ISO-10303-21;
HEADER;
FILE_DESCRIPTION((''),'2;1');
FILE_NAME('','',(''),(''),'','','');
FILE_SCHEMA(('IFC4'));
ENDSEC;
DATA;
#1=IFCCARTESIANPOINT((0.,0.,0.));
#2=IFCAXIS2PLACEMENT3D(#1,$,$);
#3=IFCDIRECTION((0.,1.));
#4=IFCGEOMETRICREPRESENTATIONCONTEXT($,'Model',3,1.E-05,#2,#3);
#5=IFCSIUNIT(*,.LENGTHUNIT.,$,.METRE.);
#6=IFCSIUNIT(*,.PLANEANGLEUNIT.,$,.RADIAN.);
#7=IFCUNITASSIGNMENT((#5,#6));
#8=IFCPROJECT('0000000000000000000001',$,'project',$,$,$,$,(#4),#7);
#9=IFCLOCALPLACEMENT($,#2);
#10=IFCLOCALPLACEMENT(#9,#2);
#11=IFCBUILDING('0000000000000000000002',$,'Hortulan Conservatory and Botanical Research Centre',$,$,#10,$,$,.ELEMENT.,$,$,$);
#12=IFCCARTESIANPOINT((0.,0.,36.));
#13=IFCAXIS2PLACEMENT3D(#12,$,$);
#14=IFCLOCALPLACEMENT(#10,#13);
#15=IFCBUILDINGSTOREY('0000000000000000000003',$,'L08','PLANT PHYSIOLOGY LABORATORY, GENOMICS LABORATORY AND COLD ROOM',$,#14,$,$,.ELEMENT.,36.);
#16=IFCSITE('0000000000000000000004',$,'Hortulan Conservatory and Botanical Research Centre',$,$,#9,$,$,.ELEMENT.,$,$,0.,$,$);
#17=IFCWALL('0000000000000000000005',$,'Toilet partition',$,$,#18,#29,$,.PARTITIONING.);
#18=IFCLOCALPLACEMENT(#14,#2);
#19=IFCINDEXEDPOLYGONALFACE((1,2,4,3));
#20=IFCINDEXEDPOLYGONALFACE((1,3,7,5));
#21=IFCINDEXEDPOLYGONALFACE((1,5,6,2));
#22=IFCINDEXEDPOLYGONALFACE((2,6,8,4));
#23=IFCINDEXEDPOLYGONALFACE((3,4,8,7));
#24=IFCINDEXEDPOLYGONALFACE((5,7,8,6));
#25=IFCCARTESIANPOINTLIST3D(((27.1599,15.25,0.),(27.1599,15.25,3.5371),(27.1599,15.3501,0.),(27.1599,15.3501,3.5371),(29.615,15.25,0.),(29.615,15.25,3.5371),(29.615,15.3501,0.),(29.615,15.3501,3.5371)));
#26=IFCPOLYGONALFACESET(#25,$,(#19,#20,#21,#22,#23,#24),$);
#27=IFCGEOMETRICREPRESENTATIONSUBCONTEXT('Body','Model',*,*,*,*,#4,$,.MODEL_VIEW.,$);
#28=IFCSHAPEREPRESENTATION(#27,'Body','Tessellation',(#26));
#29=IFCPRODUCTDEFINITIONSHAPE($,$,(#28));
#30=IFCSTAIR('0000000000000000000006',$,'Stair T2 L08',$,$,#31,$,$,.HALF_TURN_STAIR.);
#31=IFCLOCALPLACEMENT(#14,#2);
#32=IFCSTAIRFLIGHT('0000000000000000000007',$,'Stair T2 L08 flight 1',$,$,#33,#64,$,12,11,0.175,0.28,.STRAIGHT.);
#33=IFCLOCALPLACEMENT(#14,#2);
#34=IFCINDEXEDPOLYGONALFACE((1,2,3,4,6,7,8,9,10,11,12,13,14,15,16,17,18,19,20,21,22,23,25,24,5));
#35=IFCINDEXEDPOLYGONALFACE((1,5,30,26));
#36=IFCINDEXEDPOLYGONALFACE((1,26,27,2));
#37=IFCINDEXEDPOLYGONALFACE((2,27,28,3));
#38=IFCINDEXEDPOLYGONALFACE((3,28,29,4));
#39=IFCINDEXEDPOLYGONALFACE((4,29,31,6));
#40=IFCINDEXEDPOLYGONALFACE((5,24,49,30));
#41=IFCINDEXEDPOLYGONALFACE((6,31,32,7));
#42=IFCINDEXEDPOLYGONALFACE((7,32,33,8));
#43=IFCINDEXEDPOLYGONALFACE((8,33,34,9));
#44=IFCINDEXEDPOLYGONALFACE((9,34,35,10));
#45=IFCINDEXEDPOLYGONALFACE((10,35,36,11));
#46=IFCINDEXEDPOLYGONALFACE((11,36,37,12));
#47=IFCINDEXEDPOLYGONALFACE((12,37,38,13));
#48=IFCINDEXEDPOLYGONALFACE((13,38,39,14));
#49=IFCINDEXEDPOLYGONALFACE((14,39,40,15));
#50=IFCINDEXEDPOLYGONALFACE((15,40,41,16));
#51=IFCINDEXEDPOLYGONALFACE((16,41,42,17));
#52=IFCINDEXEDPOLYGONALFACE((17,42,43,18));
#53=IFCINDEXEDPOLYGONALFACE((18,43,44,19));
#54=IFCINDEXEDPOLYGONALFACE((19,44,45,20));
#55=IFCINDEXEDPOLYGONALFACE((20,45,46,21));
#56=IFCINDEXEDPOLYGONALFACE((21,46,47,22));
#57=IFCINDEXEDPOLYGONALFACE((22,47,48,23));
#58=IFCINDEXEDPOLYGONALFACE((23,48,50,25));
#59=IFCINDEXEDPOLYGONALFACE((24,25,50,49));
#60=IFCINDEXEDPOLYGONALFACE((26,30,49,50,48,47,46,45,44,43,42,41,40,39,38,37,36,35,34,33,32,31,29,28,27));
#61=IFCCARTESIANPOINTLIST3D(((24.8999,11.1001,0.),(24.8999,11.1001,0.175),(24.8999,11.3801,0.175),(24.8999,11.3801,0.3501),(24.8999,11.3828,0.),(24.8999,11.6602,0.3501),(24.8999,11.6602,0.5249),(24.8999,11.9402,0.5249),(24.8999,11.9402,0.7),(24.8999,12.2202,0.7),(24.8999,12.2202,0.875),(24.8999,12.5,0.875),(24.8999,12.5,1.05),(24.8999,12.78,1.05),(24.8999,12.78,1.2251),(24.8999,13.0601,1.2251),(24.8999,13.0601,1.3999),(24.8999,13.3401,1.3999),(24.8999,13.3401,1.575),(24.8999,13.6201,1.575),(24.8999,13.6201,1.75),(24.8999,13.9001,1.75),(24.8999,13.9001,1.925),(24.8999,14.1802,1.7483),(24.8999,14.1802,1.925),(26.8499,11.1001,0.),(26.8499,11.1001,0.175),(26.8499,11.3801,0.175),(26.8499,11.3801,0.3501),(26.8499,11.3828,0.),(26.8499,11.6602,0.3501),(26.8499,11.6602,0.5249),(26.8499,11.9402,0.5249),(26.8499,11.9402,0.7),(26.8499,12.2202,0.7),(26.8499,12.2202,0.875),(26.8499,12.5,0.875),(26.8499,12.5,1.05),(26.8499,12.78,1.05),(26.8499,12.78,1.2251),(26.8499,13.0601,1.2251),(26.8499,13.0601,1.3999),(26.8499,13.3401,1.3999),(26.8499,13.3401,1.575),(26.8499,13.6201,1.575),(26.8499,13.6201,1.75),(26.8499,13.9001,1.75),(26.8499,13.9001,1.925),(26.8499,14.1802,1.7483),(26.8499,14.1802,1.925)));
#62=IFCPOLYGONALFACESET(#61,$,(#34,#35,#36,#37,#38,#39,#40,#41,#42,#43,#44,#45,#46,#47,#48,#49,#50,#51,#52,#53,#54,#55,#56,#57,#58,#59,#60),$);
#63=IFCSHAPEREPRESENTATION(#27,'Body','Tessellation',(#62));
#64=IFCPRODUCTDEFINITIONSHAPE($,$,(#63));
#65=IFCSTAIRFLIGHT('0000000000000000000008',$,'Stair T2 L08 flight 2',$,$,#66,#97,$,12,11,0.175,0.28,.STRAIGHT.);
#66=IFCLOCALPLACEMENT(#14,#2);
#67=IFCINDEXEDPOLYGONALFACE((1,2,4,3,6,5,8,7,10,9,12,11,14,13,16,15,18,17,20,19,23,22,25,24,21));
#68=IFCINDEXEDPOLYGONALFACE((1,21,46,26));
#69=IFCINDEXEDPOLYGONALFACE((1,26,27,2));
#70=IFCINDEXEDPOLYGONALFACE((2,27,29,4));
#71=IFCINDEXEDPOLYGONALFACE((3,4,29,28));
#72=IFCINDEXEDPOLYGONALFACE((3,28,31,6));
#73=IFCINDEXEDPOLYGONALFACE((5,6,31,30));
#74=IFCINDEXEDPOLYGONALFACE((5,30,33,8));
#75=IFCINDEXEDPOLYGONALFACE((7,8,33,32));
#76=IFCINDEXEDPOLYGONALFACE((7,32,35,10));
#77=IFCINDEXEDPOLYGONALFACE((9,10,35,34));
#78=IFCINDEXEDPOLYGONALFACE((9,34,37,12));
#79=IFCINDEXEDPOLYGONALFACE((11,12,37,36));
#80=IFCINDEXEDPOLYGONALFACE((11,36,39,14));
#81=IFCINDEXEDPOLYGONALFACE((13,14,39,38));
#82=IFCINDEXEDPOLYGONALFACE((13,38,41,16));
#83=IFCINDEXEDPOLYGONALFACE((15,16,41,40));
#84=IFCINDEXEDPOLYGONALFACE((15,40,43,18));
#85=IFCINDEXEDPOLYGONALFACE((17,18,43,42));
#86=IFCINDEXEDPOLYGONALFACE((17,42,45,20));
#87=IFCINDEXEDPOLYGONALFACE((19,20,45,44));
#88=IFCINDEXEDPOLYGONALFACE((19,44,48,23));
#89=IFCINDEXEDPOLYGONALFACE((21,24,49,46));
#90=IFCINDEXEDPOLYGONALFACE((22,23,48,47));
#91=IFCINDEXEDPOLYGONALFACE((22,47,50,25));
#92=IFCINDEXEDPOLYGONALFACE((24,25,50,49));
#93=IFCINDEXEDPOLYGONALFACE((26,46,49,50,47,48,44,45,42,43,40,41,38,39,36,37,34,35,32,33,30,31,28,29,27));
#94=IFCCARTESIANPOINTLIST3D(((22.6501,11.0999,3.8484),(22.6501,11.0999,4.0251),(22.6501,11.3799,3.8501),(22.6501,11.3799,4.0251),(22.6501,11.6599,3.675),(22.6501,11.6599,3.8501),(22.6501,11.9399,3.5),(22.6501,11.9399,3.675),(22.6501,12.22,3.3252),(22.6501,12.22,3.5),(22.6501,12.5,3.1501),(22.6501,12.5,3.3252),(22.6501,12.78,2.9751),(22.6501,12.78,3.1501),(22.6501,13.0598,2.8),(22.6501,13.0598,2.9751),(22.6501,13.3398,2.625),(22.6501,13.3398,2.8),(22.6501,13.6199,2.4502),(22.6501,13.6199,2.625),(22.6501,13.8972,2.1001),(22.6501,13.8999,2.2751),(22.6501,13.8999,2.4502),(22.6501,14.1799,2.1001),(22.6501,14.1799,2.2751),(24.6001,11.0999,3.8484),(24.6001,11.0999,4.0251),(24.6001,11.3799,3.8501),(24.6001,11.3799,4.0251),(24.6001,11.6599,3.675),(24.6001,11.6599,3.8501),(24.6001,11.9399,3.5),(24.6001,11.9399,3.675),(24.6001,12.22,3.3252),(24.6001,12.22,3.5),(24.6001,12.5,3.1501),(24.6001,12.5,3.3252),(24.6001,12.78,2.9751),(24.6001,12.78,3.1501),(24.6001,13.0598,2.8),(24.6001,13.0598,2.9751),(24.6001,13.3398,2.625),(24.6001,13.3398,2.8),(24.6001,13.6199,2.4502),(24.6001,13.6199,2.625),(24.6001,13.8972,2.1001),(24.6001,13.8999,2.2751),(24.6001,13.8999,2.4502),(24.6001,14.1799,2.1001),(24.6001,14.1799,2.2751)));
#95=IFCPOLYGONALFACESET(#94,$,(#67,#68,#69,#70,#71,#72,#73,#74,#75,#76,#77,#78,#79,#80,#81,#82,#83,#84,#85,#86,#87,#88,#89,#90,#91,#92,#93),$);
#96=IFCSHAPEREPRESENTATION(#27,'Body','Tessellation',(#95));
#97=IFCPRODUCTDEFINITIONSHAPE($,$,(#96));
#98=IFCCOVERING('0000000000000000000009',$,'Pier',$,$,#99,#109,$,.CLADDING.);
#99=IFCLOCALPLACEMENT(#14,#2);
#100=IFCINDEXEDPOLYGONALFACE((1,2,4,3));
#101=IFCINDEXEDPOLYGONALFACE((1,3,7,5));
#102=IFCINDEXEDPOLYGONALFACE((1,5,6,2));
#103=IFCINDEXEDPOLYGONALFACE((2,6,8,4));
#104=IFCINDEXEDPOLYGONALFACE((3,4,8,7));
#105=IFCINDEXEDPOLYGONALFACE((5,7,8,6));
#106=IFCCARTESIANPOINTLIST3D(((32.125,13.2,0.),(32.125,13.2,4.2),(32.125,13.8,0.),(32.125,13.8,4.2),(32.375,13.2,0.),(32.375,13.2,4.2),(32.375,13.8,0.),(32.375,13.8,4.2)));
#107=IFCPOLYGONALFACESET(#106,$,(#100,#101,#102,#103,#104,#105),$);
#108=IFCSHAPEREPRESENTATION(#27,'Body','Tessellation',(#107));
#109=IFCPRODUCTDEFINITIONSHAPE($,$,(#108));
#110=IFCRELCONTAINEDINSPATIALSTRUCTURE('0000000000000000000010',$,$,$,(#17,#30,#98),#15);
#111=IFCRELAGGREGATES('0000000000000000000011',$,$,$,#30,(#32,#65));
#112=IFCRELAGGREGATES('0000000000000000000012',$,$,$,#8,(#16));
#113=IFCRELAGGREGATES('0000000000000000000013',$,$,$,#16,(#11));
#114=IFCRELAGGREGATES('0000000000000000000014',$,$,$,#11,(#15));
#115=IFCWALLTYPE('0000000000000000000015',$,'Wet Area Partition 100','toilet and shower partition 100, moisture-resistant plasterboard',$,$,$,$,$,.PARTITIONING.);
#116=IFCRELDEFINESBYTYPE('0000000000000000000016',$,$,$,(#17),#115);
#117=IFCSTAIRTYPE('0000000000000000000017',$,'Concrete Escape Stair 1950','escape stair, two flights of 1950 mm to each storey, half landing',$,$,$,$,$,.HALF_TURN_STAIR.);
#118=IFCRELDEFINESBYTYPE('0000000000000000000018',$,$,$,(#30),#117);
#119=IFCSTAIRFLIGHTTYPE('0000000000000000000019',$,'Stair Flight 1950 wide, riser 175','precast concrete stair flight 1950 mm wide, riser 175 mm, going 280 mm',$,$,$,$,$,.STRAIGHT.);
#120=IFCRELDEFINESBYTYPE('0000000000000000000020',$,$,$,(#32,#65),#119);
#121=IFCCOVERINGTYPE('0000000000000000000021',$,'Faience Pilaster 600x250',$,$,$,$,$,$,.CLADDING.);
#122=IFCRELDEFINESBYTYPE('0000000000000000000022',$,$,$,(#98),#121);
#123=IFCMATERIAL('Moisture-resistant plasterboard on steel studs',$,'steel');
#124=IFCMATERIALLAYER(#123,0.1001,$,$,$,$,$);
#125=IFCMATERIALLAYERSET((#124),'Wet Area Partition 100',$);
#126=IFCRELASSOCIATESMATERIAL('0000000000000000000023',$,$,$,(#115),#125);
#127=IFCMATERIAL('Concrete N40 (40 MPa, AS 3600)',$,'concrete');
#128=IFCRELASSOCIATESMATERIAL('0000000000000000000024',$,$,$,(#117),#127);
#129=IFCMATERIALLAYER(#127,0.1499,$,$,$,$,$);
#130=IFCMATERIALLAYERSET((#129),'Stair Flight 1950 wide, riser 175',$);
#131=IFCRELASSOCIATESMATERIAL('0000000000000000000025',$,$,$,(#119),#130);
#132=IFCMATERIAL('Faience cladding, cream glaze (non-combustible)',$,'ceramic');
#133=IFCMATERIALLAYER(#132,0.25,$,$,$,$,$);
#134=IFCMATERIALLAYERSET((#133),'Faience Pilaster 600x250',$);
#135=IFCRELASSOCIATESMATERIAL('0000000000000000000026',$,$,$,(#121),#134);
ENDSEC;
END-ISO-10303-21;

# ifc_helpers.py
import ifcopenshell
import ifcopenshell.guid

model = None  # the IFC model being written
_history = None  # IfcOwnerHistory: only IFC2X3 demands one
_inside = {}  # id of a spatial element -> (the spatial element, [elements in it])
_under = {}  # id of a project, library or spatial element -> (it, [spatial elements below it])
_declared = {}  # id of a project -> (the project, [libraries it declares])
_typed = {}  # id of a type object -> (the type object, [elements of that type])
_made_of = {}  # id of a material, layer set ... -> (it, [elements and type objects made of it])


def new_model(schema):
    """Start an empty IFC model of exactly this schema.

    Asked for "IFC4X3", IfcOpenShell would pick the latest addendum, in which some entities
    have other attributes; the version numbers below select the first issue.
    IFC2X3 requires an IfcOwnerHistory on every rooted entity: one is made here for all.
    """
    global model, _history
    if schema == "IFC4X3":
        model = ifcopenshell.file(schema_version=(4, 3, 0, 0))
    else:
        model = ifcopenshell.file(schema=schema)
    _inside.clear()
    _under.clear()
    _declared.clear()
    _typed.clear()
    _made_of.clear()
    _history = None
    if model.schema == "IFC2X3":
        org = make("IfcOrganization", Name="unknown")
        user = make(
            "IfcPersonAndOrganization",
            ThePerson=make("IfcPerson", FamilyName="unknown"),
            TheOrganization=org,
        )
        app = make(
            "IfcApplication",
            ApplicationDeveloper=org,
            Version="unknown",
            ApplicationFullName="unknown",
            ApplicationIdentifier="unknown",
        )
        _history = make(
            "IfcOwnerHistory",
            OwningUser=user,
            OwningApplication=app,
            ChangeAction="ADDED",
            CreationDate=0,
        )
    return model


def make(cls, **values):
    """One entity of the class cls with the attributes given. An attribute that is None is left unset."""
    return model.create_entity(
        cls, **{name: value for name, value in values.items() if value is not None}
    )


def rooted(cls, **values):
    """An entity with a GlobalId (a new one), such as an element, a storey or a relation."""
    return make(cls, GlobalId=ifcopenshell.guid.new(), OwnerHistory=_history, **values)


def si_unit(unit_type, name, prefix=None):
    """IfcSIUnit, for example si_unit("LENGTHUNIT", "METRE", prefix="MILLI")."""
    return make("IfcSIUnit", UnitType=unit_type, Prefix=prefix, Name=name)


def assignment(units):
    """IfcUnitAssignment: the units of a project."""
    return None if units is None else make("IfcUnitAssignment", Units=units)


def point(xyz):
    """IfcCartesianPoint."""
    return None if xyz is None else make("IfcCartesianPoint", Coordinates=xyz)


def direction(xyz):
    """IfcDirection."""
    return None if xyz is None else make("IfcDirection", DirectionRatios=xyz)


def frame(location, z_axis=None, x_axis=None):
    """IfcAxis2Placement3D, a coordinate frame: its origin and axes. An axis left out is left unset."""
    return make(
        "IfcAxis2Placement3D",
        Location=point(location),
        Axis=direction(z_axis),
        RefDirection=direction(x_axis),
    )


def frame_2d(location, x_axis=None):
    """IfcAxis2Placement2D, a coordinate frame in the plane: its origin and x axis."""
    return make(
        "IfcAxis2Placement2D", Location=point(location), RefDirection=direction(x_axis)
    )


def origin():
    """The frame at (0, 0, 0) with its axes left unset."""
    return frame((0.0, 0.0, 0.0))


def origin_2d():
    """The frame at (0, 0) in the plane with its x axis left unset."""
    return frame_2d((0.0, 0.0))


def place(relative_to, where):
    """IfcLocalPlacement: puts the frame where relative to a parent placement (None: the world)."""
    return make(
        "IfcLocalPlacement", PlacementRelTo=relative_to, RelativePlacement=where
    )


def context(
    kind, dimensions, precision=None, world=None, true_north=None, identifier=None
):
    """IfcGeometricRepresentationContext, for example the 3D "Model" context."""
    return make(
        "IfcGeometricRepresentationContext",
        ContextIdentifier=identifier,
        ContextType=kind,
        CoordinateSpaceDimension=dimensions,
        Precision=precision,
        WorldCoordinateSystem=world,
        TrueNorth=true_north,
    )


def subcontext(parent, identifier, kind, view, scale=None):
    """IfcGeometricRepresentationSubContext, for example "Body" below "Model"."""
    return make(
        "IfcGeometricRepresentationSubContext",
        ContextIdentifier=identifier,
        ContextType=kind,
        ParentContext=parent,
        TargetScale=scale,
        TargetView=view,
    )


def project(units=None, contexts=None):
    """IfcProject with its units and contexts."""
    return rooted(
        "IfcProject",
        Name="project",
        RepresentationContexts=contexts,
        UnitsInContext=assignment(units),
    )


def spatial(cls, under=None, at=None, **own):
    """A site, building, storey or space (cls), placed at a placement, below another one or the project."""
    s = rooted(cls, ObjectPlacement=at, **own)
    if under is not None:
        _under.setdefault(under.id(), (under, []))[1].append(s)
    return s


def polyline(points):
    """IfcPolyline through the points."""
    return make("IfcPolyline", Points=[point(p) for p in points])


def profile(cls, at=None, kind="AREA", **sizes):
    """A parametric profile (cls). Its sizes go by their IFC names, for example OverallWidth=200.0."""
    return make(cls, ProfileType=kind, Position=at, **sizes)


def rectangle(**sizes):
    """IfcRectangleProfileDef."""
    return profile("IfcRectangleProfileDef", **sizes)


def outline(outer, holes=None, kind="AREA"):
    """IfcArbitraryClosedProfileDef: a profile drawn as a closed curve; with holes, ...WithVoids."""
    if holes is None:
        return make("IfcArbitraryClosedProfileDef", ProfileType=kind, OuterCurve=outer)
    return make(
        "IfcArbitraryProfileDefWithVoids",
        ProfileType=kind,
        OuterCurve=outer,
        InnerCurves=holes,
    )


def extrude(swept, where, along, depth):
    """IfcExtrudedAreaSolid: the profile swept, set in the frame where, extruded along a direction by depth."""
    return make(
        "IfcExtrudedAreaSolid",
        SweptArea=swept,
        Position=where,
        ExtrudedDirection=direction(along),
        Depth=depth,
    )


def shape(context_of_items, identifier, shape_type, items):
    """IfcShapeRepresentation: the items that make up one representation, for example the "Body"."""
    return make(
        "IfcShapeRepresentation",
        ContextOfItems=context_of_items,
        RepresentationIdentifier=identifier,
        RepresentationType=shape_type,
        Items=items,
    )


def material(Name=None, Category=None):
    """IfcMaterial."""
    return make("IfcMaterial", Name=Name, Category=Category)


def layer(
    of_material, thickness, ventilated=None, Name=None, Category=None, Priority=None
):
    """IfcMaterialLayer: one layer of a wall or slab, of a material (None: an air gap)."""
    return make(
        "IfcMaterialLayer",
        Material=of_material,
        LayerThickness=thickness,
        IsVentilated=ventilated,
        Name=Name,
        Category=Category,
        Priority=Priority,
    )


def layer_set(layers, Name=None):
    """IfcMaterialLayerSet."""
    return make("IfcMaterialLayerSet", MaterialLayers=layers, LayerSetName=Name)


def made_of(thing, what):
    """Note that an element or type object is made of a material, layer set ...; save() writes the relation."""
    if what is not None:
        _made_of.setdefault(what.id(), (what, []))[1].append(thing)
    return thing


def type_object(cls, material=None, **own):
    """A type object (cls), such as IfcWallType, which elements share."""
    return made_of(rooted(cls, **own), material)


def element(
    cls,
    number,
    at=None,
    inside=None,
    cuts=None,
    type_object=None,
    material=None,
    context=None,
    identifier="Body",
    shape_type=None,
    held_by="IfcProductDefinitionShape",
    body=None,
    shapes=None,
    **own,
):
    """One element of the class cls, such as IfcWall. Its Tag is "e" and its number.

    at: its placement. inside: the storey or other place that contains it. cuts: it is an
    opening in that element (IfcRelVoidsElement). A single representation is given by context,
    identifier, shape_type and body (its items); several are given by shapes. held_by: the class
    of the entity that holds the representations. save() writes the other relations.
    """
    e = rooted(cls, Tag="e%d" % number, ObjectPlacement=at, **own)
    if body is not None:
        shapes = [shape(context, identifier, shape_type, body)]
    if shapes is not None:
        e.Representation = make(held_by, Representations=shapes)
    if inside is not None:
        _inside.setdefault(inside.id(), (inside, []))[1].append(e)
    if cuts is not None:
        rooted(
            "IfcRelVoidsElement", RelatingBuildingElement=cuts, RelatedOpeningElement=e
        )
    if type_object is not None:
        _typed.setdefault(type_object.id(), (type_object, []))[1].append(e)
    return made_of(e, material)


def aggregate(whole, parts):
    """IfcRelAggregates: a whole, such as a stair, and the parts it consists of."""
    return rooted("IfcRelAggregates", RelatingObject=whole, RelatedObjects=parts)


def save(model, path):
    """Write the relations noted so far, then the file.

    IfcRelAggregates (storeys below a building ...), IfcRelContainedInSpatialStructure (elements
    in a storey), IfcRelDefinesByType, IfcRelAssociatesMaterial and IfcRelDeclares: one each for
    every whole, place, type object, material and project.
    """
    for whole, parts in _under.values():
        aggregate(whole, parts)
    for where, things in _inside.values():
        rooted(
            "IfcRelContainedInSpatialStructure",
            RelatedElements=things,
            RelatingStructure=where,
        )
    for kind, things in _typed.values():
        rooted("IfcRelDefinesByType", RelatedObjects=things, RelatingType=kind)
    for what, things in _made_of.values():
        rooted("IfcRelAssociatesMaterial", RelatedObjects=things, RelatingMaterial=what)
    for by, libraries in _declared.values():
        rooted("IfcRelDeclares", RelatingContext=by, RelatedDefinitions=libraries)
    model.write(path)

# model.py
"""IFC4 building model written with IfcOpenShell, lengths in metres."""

from ifc_helpers import new_model, si_unit, direction, frame, frame_2d, origin, origin_2d, place, context, subcontext, project, spatial, polyline, rectangle, outline, extrude, material, layer, layer_set, type_object, element, aggregate, save


model = new_model("IFC4")

# Units and contexts
model_context = context("Model", 3, precision=1e-05, world=origin(), true_north=direction((0.0, 1.0)))
body_context = subcontext(model_context, "Body", "Model", "MODEL_VIEW")
ifc_project = project(units=[si_unit("LENGTHUNIT", "METRE"), si_unit("PLANEANGLEUNIT", "RADIAN")], contexts=[model_context])

# Site, building, storey
site_placement = place(None, origin())
site = spatial("IfcSite", under=ifc_project, at=site_placement, Name="Hortulan Conservatory and Botanical Research Centre", CompositionType="ELEMENT", RefElevation=0.0)
building_placement = place(site_placement, origin())
building = spatial("IfcBuilding", under=site, at=building_placement, Name="Hortulan Conservatory and Botanical Research Centre", CompositionType="ELEMENT")
storey_placement = place(building_placement, frame((0.0, 0.0, 36.0)))
storey = spatial("IfcBuildingStorey", under=building, at=storey_placement, Name="L08", Description="PLANT PHYSIOLOGY LABORATORY, GENOMICS LABORATORY AND COLD ROOM", CompositionType="ELEMENT", Elevation=36.0)

# Shared definitions
ifc_material_1 = material(Name="Concrete N40 (40 MPa, AS 3600)", Category="concrete")

# Wall
ifc_material_2 = material(Name="Moisture-resistant plasterboard on steel studs", Category="steel")
ifc_layer_1 = layer(ifc_material_2, 0.1001)
ifc_layer_set_1 = layer_set([ifc_layer_1], Name="Wet Area Partition 100")
wall_type_1 = type_object("IfcWallType", Name="Wet Area Partition 100", Description="toilet and shower partition 100, moisture-resistant plasterboard", PredefinedType="PARTITIONING", material=ifc_layer_set_1)
for number, where, z_axis, x_axis, name in (
    (1, (27.1599, 15.3, 0.0), (0.0, 0.0, 1.0), (1.0, 0.0, 0.0), "Toilet partition"),
):
    element("IfcWall", number, at=place(storey_placement, frame(where, z_axis=z_axis, x_axis=x_axis)), inside=storey, type_object=wall_type_1, Name=name, PredefinedType="PARTITIONING", context=body_context, shape_type="SweptSolid", body=[
        extrude(rectangle(XDim=2.4551, YDim=0.1001, at=frame_2d((1.2275, 0.0))), origin(), (0.0, 0.0, 1.0), 3.5371),
    ])

# Stair, stair flights
stair_type = type_object("IfcStairType", Name="Concrete Escape Stair 1950", Description="escape stair, two flights of 1950 mm to each storey, half landing", PredefinedType="HALF_TURN_STAIR", material=ifc_material_1)
stair_placement = place(storey_placement, origin())
stair = element("IfcStair", 2, at=stair_placement, inside=storey, type_object=stair_type, Name="Stair T2 L08", PredefinedType="HALF_TURN_STAIR")
ifc_layer_2 = layer(ifc_material_1, 0.1499)
ifc_layer_set_2 = layer_set([ifc_layer_2], Name="Stair Flight 1950 wide, riser 175")
stair_flight_type = type_object("IfcStairFlightType", Name="Stair Flight 1950 wide, riser 175", Description="precast concrete stair flight 1950 mm wide, riser 175 mm, going 280 mm", PredefinedType="STRAIGHT", material=ifc_layer_set_2)
stair_flight_1_placement = place(storey_placement, frame((25.875, 11.1001, 0.0), z_axis=(0.0, 0.0, 1.0), x_axis=(0.0, 1.0, 0.0)))
stair_flight_1 = element("IfcStairFlight", 3, at=stair_flight_1_placement, type_object=stair_flight_type, Name="Stair T2 L08 flight 1", NumberOfRisers=12, NumberOfTreads=11, PredefinedType="STRAIGHT", RiserHeight=0.175, TreadLength=0.28, context=body_context, shape_type="SweptSolid", body=[
    extrude(outline(polyline([(0.0, 0.0), (0.0, 0.175), (0.28, 0.175), (0.28, 0.3501), (0.5601, 0.3501), (0.5601, 0.5249), (0.8401, 0.5249), (0.8401, 0.7), (1.1201, 0.7), (1.1201, 0.875), (1.3999, 0.875), (1.3999, 1.05), (1.6799, 1.05), (1.6799, 1.2251), (1.96, 1.2251), (1.96, 1.3999), (2.24, 1.3999), (2.24, 1.575), (2.52, 1.575), (2.52, 1.75), (2.8, 1.75), (2.8, 1.925), (3.0801, 1.925), (3.0801, 2.1001), (3.0801, 1.7483), (0.2827, 0.0), (0.0, 0.0)])), frame((0.0, 0.9751, 0.0), z_axis=(0.0, -1.0, 0.0), x_axis=(1.0, 0.0, 0.0)), (0.0, 0.0, 1.0), 1.95),
])
stair_flight_2_placement = place(storey_placement, frame((23.625, 14.1799, 2.1001), z_axis=(0.0, 0.0, 1.0), x_axis=(0.0, -1.0, 0.0)))
stair_flight_2 = element("IfcStairFlight", 4, at=stair_flight_2_placement, type_object=stair_flight_type, Name="Stair T2 L08 flight 2", NumberOfRisers=12, NumberOfTreads=11, PredefinedType="STRAIGHT", RiserHeight=0.175, TreadLength=0.28, context=body_context, shape_type="SweptSolid", body=[
    extrude(outline(polyline([(0.0, 0.0), (0.0, 0.175), (0.28, 0.175), (0.28, 0.3501), (0.5601, 0.3501), (0.5601, 0.5249), (0.8401, 0.5249), (0.8401, 0.7), (1.1201, 0.7), (1.1201, 0.875), (1.3999, 0.875), (1.3999, 1.05), (1.6799, 1.05), (1.6799, 1.2251), (1.96, 1.2251), (1.96, 1.3999), (2.24, 1.3999), (2.24, 1.575), (2.52, 1.575), (2.52, 1.75), (2.8, 1.75), (2.8, 1.925), (3.0801, 1.925), (3.0801, 2.1001), (3.0801, 1.7483), (0.2827, 0.0), (0.0, 0.0)])), frame((0.0, 0.9751, 0.0), z_axis=(0.0, -1.0, 0.0), x_axis=(1.0, 0.0, 0.0)), (0.0, 0.0, 1.0), 1.95),
])
aggregate(stair, [stair_flight_1, stair_flight_2])

# Covering
ifc_material_3 = material(Name="Faience cladding, cream glaze (non-combustible)", Category="ceramic")
ifc_layer_3 = layer(ifc_material_3, 0.25)
ifc_layer_set_3 = layer_set([ifc_layer_3], Name="Faience Pilaster 600x250")
covering_type = type_object("IfcCoveringType", Name="Faience Pilaster 600x250", PredefinedType="CLADDING", material=ifc_layer_set_3)
covering_placement = place(storey_placement, frame((32.25, 13.5, 0.0), z_axis=(0.0, 0.0, 1.0), x_axis=(0.0, 1.0, 0.0)))
element("IfcCovering", 5, at=covering_placement, inside=storey, type_object=covering_type, Name="Pier", PredefinedType="CLADDING", context=body_context, shape_type="SweptSolid", body=[
    extrude(rectangle(XDim=0.6001, YDim=0.25, at=origin_2d()), origin(), (0.0, 0.0, 1.0), 4.2),
])

save(model, "model.ifc")
